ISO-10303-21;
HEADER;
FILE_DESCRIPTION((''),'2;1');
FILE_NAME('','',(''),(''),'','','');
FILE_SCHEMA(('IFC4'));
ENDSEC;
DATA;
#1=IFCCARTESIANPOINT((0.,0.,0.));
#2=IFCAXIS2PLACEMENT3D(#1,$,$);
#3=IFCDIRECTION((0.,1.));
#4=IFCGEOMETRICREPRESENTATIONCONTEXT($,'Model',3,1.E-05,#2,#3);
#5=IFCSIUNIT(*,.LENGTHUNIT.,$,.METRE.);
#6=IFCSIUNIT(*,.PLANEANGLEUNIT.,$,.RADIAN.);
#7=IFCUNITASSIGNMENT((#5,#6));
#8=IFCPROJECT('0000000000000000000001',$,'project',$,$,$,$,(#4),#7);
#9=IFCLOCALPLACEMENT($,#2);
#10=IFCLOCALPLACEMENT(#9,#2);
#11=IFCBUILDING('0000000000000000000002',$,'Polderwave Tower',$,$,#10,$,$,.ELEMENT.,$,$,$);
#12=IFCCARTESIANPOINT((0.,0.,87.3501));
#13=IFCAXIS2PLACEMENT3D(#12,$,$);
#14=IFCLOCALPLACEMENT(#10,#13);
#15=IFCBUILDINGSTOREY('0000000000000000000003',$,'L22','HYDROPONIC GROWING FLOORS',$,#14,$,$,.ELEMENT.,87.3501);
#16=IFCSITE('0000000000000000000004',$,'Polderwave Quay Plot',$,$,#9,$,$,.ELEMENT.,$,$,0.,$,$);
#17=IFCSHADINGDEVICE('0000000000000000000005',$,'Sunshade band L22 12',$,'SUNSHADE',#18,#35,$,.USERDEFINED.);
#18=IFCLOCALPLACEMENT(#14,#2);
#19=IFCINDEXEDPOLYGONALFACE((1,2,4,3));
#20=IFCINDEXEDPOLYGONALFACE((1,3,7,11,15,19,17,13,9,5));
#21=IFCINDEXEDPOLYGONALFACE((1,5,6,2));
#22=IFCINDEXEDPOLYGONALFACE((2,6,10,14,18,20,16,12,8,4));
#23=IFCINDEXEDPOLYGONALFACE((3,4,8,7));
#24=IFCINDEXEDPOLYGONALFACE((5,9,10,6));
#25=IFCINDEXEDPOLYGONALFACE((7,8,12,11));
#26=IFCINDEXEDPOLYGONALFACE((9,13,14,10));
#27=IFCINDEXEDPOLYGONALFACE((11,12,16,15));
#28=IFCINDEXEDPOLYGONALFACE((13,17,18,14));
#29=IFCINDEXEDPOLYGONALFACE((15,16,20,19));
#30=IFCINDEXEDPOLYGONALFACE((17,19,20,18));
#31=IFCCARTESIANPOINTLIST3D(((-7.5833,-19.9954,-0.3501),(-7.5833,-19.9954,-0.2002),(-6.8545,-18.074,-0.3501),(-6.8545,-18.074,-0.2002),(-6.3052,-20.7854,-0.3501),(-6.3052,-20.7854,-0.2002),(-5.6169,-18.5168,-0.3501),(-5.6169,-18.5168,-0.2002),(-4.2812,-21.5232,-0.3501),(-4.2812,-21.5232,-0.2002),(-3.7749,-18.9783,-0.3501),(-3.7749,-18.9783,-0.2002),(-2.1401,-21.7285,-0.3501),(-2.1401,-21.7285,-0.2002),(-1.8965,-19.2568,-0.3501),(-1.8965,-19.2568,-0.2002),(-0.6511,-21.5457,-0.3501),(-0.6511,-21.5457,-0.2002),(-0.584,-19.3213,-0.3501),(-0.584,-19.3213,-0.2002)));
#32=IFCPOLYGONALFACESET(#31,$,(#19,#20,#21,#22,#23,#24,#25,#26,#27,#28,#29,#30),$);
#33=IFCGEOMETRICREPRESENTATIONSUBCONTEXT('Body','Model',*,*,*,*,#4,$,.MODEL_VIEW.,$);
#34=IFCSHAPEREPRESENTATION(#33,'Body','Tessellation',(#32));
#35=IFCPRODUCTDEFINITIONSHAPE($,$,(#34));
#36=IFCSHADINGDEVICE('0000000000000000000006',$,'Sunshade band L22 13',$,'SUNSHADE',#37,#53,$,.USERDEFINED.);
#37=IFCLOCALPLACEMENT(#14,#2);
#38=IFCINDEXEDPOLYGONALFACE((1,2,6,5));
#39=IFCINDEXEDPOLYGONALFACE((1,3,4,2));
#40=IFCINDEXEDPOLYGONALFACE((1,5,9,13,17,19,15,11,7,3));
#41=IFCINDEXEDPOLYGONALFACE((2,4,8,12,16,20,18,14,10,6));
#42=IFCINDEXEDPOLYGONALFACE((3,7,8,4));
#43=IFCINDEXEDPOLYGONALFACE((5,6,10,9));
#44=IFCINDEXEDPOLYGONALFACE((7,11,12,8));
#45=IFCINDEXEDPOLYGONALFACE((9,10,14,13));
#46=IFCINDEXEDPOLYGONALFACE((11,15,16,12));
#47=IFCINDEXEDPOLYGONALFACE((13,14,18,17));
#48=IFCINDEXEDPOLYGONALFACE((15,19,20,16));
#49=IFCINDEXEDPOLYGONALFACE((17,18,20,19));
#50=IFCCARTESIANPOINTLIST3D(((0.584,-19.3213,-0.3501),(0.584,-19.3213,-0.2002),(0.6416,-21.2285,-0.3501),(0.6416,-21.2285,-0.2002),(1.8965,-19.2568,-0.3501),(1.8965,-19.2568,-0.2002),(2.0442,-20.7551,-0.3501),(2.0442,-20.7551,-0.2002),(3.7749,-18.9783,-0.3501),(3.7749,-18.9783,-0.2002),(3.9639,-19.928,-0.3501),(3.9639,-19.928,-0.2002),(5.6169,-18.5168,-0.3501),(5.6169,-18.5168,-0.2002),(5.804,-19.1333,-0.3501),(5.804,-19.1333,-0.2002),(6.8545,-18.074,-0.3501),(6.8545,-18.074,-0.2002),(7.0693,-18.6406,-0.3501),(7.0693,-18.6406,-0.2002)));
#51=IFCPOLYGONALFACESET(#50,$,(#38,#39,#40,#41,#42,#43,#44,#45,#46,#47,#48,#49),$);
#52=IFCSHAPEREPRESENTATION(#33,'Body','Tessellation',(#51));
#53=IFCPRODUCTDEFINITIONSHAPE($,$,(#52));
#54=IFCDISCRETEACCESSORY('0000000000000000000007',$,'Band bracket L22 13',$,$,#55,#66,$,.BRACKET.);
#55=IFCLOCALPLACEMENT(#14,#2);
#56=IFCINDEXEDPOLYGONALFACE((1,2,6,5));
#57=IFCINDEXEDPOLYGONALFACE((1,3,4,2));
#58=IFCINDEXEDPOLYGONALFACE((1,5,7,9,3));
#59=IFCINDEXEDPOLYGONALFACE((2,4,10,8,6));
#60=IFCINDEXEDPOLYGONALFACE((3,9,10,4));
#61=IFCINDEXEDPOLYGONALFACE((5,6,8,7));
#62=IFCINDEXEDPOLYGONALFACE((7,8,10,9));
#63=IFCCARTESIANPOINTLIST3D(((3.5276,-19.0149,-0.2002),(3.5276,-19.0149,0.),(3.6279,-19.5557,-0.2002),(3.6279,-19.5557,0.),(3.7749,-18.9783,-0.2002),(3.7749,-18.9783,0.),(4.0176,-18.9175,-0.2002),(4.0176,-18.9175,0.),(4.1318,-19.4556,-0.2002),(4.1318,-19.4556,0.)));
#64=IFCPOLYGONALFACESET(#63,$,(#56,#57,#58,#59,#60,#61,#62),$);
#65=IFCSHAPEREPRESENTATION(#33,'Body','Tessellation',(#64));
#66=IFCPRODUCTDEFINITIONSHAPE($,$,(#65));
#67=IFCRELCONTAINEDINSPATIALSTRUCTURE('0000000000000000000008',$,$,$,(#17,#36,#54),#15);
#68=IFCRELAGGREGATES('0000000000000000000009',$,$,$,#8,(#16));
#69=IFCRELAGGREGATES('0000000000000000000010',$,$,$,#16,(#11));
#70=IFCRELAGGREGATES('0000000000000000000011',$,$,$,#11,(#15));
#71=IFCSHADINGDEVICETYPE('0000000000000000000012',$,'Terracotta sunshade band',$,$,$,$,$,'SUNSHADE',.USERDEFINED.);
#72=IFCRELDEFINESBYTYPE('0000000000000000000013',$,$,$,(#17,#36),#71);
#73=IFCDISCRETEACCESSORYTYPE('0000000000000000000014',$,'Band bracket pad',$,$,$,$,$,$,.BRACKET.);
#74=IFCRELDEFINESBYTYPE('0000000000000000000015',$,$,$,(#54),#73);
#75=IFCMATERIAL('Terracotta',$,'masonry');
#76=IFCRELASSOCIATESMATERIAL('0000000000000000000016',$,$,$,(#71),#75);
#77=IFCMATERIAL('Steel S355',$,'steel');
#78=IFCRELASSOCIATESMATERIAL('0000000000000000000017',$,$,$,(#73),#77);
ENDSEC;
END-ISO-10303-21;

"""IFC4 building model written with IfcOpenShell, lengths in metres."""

from ifc_helpers import new_model, si_unit, direction, frame, origin, place, context, subcontext, project, spatial, polyline, outline, extrude, material, type_object, element, save


model = new_model("IFC4")

# Units and contexts
model_context = context("Model", 3, precision=1e-05, world=origin(), true_north=direction((0.0, 1.0)))
body_context = subcontext(model_context, "Body", "Model", "MODEL_VIEW")
ifc_project = project(units=[si_unit("LENGTHUNIT", "METRE"), si_unit("PLANEANGLEUNIT", "RADIAN")], contexts=[model_context])

# Site, building, storey
site_placement = place(None, origin())
site = spatial("IfcSite", under=ifc_project, at=site_placement, Name="Polderwave Quay Plot", CompositionType="ELEMENT", RefElevation=0.0)
building_placement = place(site_placement, origin())
building = spatial("IfcBuilding", under=site, at=building_placement, Name="Polderwave Tower", CompositionType="ELEMENT")
storey_placement = place(building_placement, frame((0.0, 0.0, 87.3501)))
storey = spatial("IfcBuildingStorey", under=building, at=storey_placement, Name="L22", Description="HYDROPONIC GROWING FLOORS", CompositionType="ELEMENT", Elevation=87.3501)

# Shading devices
ifc_material_1 = material(Name="Terracotta", Category="masonry")
shading_device_type = type_object("IfcShadingDeviceType", Name="Terracotta sunshade band", ElementType="SUNSHADE", PredefinedType="USERDEFINED", material=ifc_material_1)
shading_device_1_placement = place(storey_placement, frame((0.0, 0.0, -0.3501)))
element("IfcShadingDevice", 1, at=shading_device_1_placement, inside=storey, type_object=shading_device_type, Name="Sunshade band L22 12", ObjectType="SUNSHADE", PredefinedType="USERDEFINED", context=body_context, shape_type="SweptSolid", body=[
    extrude(outline(polyline([(-6.8545, -18.074), (-5.6169, -18.5168), (-3.7749, -18.9783), (-1.8965, -19.2568), (-0.584, -19.3213), (-0.6511, -21.5457), (-2.1401, -21.7285), (-4.2812, -21.5232), (-6.3052, -20.7854), (-7.5833, -19.9954), (-6.8545, -18.074)])), origin(), (0.0, 0.0, 1.0), 0.1499),
])
shading_device_2_placement = place(storey_placement, frame((0.0, 0.0, -0.3501)))
element("IfcShadingDevice", 2, at=shading_device_2_placement, inside=storey, type_object=shading_device_type, Name="Sunshade band L22 13", ObjectType="SUNSHADE", PredefinedType="USERDEFINED", context=body_context, shape_type="SweptSolid", body=[
    extrude(outline(polyline([(0.584, -19.3213), (1.8965, -19.2568), (3.7749, -18.9783), (5.6169, -18.5168), (6.8545, -18.074), (7.0693, -18.6406), (5.804, -19.1333), (3.9639, -19.928), (2.0442, -20.7551), (0.6416, -21.2285), (0.584, -19.3213)])), origin(), (0.0, 0.0, 1.0), 0.1499),
])

# Discrete accessory
ifc_material_2 = material(Name="Steel S355", Category="steel")
discrete_accessory_type = type_object("IfcDiscreteAccessoryType", Name="Band bracket pad", PredefinedType="BRACKET", material=ifc_material_2)
discrete_accessory_placement = place(storey_placement, frame((0.0, 0.0, -0.2002)))
element("IfcDiscreteAccessory", 3, at=discrete_accessory_placement, inside=storey, type_object=discrete_accessory_type, Name="Band bracket L22 13", PredefinedType="BRACKET", context=body_context, shape_type="SweptSolid", body=[
    extrude(outline(polyline([(3.5276, -19.0149), (3.7749, -18.9783), (4.0176, -18.9175), (4.1318, -19.4556), (3.6279, -19.5557), (3.5276, -19.0149)])), origin(), (0.0, 0.0, 1.0), 0.2002),
])

save(model, "model.ifc")
